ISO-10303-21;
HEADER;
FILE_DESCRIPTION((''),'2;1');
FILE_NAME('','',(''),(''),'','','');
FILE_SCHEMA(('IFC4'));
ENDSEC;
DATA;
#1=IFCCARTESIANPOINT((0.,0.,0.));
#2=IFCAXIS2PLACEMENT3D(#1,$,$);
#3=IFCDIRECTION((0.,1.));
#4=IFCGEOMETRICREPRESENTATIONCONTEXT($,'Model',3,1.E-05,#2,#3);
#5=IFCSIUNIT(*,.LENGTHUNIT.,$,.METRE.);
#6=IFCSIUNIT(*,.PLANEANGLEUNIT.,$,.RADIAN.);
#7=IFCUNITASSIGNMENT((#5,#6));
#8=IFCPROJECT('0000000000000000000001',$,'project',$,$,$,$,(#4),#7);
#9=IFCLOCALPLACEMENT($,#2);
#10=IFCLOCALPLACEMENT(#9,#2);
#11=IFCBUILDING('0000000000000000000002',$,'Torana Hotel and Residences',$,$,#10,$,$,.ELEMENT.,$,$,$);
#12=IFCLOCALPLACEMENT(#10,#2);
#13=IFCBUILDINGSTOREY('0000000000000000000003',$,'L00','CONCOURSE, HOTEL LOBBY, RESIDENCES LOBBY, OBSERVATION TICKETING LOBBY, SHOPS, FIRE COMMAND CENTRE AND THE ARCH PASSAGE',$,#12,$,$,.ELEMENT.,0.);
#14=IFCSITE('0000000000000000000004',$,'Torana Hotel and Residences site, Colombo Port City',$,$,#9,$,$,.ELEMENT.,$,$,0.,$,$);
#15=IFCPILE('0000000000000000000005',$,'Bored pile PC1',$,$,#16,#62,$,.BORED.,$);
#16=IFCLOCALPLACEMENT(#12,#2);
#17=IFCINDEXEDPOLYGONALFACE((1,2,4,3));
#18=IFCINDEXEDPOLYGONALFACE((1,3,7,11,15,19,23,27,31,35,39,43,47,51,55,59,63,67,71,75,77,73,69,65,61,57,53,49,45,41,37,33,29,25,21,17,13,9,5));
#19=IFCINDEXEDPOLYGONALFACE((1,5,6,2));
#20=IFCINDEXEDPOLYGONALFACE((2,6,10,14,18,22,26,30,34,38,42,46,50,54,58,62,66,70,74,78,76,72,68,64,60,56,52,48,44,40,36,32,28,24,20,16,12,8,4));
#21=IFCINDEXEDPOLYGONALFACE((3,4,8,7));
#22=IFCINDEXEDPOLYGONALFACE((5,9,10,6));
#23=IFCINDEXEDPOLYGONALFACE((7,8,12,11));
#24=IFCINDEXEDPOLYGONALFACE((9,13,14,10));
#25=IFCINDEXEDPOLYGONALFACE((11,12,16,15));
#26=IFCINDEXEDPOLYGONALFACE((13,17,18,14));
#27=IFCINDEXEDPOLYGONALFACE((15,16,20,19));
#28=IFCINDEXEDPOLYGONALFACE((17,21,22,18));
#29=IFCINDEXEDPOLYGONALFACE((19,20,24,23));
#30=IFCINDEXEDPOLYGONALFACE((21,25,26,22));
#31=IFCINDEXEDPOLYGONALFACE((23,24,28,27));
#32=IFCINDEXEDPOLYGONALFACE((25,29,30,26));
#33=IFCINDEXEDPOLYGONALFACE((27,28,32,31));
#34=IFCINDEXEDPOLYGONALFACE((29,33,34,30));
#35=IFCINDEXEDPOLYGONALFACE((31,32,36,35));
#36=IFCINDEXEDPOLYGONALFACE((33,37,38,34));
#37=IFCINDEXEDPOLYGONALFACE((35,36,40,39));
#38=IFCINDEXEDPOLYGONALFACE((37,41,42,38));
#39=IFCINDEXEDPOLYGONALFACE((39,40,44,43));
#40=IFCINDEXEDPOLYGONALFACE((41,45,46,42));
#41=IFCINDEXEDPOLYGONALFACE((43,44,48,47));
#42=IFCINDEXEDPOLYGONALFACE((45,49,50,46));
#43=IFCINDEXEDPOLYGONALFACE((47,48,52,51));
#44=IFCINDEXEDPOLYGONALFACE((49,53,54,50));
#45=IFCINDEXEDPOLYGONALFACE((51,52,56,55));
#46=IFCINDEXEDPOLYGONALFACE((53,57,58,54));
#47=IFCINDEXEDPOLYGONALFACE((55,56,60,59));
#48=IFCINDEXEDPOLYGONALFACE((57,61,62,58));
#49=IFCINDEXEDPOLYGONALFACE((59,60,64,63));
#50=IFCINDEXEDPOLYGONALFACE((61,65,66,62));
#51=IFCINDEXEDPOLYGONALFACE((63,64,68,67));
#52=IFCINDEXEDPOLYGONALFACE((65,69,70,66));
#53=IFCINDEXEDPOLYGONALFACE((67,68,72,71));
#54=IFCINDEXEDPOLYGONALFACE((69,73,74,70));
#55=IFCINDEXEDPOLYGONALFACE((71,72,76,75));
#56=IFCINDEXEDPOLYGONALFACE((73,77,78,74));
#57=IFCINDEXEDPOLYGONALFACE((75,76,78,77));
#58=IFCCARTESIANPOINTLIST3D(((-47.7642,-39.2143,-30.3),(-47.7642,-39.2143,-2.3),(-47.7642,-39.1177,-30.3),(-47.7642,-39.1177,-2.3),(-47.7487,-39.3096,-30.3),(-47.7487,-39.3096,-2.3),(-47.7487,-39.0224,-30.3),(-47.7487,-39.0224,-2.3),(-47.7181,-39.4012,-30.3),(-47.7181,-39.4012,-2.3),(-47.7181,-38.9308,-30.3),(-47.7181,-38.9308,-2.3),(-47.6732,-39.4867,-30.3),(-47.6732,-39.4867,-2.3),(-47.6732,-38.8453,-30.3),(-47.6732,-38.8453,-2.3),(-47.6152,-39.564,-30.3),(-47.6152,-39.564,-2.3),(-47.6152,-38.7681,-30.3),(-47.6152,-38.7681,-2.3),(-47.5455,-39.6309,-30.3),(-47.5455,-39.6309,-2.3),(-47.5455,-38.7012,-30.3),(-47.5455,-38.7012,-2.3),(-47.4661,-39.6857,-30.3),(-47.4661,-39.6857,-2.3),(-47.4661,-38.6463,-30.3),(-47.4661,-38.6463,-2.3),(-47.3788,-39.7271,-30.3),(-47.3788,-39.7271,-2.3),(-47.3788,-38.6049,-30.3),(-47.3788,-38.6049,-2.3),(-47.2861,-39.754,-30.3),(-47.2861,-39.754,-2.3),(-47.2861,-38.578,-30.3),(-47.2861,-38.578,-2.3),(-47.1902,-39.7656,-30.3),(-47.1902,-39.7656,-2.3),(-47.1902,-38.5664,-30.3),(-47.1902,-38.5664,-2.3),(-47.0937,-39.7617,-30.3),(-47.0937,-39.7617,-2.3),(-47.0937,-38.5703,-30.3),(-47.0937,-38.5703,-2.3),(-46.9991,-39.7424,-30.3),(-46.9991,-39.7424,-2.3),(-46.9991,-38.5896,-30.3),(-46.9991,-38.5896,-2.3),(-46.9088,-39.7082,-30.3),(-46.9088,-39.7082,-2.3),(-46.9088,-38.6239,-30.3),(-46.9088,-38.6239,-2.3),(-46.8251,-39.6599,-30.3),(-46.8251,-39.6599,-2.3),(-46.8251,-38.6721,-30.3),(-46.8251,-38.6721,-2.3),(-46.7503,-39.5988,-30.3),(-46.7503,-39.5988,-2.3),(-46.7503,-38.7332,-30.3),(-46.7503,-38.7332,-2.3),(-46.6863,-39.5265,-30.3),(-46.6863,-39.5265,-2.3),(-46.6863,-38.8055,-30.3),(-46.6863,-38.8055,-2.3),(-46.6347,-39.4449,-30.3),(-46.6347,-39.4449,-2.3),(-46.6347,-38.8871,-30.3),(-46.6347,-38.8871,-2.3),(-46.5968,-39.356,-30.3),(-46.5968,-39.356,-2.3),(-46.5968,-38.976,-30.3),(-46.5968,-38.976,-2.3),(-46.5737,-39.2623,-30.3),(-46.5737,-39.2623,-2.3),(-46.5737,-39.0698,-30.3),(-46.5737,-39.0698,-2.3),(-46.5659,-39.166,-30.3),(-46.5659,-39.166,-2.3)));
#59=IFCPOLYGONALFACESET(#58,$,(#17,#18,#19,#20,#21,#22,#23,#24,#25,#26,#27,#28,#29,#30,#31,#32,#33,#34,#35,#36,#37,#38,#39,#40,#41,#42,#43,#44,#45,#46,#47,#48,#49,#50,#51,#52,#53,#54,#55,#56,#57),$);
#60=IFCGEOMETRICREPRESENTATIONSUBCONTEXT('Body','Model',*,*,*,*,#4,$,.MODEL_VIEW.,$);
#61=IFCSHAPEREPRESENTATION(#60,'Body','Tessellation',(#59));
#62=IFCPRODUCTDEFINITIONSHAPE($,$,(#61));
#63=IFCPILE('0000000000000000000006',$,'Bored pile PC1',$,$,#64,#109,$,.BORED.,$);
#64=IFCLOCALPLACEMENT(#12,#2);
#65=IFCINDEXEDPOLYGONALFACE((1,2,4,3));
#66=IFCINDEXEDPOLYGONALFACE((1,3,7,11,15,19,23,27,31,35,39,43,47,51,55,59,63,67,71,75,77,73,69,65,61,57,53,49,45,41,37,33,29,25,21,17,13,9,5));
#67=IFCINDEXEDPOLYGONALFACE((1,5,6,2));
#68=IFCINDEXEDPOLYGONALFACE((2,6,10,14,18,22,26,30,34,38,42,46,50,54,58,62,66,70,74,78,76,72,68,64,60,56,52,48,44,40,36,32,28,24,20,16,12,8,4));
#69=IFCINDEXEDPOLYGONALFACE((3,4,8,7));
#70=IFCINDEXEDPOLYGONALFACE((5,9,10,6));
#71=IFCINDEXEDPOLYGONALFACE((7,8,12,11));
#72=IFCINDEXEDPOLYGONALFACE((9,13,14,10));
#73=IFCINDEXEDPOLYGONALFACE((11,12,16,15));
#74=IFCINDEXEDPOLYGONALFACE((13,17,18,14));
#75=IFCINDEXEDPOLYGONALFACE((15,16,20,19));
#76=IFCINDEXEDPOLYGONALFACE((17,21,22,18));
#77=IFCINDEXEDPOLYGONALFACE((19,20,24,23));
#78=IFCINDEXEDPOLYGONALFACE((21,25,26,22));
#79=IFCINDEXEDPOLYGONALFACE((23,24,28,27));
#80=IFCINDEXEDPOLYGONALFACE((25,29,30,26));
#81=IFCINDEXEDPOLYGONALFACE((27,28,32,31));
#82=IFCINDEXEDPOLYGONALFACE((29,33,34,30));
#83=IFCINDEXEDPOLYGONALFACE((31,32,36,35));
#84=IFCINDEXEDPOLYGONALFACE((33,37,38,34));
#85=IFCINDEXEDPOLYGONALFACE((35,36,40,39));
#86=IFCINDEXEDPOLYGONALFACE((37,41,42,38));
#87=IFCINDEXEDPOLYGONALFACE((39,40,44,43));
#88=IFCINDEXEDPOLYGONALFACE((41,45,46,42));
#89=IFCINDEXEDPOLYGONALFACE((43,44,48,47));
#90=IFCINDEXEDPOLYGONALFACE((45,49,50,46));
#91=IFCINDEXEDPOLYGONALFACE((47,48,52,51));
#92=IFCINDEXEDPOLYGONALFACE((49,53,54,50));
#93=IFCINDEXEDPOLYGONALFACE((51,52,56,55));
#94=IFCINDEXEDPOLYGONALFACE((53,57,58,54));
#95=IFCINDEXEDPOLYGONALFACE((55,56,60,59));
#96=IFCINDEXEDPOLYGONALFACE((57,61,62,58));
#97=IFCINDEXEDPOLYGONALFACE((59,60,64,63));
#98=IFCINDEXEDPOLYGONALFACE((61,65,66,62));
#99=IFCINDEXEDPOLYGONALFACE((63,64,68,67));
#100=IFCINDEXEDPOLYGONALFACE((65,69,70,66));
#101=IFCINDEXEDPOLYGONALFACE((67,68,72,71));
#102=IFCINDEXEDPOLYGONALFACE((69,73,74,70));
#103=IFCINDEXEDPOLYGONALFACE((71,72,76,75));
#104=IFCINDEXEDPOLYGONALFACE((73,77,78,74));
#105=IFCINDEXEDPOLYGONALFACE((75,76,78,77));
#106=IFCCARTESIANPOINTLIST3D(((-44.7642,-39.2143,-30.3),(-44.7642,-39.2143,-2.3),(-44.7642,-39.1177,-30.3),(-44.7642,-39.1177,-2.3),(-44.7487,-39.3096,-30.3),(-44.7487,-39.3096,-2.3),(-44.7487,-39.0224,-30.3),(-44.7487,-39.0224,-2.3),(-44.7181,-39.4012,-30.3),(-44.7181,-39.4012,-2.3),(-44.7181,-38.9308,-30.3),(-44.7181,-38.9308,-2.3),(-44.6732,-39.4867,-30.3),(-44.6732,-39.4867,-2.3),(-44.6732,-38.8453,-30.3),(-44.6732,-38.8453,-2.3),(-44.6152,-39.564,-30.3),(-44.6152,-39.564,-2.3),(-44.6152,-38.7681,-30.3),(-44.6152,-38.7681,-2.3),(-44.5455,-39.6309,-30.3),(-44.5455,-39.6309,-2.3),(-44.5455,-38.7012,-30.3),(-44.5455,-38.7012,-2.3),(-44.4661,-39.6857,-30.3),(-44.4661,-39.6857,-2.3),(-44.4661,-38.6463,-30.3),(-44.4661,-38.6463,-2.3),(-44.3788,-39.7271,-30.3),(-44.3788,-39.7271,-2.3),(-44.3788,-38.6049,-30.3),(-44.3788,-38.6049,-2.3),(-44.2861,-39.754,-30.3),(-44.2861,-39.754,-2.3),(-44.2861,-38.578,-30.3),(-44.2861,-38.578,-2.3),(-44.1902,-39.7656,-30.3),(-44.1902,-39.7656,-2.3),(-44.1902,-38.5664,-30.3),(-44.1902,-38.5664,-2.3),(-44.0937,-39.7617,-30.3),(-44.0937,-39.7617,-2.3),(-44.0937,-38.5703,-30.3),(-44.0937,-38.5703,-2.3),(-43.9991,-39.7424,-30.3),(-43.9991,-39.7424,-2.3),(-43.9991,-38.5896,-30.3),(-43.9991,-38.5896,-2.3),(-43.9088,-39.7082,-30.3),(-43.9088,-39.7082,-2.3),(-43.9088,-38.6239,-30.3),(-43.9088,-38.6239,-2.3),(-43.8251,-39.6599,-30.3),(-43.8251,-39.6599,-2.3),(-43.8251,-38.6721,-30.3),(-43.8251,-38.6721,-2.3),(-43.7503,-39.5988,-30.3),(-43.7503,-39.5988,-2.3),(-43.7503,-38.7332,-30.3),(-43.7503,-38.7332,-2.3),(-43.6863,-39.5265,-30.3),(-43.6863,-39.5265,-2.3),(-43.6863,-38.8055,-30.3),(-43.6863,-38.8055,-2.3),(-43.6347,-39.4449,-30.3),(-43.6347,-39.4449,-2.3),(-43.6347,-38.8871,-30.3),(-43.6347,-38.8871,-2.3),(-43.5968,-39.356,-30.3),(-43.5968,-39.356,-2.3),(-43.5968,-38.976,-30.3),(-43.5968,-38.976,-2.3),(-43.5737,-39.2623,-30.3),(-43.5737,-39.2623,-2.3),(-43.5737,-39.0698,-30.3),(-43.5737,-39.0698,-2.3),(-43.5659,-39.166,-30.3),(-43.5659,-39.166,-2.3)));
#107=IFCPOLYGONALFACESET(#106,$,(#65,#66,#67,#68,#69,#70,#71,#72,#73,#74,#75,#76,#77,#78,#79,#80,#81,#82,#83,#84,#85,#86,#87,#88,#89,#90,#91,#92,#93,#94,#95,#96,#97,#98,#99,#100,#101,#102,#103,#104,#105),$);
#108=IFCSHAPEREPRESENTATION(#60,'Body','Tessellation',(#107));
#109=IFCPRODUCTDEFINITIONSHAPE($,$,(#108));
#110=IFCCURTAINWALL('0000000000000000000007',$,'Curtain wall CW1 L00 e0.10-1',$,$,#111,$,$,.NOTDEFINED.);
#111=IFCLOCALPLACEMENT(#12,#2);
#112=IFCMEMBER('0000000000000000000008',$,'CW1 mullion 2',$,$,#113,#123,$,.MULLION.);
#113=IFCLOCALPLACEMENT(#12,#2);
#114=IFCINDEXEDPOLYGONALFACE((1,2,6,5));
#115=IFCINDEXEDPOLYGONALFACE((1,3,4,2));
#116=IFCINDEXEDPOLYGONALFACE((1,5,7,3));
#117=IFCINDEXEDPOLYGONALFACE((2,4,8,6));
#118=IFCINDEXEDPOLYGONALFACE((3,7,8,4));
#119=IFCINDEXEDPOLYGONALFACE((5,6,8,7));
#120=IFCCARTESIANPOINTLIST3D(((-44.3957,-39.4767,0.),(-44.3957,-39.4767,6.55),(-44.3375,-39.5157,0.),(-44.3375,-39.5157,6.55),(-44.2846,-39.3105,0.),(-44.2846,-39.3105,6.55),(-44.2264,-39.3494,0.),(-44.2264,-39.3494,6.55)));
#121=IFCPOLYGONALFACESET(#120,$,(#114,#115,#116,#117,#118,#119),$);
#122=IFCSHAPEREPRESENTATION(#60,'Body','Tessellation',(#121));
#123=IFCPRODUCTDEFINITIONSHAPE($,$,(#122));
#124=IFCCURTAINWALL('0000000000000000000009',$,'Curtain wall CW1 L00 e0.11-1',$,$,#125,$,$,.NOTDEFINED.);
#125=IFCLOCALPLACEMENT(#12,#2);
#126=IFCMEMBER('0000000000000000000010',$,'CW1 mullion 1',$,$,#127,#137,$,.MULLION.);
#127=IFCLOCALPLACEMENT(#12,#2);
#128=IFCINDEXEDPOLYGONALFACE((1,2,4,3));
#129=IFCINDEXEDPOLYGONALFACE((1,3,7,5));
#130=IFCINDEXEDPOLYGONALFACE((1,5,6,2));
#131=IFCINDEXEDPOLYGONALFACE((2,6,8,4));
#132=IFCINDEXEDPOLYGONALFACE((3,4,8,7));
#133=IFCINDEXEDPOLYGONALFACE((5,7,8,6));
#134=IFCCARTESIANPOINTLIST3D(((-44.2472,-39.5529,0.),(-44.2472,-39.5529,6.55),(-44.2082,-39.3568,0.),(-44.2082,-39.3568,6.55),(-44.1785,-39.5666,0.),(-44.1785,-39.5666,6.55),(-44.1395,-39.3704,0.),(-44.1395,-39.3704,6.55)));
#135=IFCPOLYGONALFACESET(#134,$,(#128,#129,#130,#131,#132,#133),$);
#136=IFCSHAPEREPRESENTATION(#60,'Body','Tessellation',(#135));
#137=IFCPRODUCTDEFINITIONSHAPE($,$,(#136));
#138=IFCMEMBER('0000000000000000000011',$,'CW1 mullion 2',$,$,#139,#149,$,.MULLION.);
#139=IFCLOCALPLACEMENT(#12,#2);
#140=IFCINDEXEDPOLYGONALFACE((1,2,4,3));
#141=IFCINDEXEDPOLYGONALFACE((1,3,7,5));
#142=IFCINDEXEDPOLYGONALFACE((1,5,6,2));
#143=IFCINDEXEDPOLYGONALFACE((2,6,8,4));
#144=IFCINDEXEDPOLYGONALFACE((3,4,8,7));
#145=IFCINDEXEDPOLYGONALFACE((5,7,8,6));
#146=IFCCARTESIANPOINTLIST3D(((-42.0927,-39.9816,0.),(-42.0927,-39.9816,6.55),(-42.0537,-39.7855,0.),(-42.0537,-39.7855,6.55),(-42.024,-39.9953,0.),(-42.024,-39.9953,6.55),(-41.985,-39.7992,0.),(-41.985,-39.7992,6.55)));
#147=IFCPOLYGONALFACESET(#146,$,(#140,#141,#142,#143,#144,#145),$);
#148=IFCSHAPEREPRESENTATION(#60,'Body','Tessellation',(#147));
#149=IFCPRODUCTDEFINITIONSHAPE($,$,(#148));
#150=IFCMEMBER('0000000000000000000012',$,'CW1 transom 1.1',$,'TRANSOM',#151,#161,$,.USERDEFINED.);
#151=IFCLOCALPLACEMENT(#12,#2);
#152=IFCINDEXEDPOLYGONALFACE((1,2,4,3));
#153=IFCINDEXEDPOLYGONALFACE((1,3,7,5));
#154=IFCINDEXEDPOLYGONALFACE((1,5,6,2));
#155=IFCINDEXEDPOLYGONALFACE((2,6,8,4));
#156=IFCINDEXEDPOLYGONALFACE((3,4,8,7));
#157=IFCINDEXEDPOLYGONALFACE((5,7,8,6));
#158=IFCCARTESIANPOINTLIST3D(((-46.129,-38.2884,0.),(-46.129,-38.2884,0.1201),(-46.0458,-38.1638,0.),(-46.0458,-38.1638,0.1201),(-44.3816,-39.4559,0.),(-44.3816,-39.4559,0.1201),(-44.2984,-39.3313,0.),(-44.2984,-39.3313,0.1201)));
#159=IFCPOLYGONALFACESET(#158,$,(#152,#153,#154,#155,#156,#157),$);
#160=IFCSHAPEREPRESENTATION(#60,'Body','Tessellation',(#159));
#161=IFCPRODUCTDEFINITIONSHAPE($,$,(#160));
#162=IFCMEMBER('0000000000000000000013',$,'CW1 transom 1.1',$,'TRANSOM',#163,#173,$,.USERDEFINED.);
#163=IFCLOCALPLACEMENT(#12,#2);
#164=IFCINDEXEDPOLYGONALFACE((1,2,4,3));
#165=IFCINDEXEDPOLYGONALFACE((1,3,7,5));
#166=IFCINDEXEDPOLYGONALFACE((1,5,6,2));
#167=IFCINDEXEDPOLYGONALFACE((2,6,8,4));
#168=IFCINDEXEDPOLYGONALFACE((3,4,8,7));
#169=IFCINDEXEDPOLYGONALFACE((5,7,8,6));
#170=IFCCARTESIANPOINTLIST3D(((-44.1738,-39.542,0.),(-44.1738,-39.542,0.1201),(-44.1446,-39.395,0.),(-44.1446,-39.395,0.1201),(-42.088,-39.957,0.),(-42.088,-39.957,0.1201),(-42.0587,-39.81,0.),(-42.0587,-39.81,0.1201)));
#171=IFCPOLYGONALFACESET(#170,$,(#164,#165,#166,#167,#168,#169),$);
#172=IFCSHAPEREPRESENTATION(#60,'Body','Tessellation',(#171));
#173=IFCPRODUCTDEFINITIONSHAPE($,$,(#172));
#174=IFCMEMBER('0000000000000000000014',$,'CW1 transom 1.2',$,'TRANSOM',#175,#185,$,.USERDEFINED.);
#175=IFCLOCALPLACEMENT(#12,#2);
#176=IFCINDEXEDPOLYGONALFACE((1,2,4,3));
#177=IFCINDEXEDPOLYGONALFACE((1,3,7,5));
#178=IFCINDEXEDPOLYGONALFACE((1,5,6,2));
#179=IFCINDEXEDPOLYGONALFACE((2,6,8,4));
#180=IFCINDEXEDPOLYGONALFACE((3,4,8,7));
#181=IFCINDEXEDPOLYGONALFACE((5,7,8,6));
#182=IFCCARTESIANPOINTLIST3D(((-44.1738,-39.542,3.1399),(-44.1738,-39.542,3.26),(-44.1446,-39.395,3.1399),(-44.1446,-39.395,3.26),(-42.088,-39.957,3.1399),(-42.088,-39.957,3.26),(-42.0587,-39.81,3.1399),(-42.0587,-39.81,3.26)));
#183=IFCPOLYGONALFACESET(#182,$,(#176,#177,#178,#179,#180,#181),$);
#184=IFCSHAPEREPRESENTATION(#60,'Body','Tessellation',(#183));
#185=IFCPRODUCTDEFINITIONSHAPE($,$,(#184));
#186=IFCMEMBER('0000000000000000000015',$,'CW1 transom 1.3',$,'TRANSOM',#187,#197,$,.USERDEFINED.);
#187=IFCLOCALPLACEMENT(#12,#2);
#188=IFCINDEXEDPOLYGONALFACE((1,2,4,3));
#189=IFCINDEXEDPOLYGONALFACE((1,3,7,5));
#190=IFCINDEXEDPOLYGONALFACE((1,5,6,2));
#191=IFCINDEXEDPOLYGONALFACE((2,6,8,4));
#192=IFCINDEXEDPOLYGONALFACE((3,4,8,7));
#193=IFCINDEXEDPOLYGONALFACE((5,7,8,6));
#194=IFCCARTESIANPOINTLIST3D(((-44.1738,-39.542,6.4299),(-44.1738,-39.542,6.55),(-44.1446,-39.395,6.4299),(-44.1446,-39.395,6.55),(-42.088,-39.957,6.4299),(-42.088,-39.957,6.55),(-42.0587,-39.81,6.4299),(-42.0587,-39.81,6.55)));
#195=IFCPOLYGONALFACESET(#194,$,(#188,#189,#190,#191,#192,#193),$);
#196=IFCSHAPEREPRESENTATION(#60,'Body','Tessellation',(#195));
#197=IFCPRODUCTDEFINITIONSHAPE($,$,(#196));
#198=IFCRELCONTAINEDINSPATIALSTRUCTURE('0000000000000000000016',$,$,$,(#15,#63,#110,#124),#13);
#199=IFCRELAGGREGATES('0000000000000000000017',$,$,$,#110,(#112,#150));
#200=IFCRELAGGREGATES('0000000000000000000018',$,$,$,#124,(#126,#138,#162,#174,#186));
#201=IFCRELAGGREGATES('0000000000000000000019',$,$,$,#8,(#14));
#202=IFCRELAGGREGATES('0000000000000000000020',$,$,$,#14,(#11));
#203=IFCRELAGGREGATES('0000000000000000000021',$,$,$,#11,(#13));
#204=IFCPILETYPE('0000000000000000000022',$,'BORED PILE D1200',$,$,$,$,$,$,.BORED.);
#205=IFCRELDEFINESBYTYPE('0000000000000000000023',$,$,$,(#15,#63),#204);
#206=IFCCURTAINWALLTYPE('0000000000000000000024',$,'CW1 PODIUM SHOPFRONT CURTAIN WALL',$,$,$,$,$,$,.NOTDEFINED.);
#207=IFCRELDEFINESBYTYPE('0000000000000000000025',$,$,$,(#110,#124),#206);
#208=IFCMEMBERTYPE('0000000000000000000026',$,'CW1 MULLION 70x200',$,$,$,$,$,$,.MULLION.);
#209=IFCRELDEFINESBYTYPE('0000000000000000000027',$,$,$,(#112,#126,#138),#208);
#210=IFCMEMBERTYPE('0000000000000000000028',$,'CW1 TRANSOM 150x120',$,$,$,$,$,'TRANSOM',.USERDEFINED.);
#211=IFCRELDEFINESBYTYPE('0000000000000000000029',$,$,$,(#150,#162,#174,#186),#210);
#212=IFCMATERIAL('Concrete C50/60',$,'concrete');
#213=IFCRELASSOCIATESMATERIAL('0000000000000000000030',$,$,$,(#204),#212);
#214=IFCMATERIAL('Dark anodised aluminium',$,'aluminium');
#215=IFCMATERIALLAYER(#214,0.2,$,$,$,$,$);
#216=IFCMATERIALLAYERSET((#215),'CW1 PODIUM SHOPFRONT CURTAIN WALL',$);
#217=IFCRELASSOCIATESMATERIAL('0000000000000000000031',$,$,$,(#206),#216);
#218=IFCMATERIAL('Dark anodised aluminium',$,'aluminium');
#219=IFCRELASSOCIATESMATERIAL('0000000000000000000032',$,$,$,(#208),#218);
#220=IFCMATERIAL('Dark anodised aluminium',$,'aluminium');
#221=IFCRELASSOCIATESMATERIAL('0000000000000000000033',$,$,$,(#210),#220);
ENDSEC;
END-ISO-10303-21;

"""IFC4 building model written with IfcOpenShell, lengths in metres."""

from ifc_helpers import new_model, si_unit, direction, frame, origin, origin_2d, place, context, subcontext, project, spatial, rectangle, circle, extrude, material, layer, layer_set, material_profile, profile_set, type_object, element, aggregate, save


model = new_model("IFC4")

# Units and contexts
model_context = context("Model", 3, precision=1e-05, world=origin(), true_north=direction((0.0, 1.0)))
body_context = subcontext(model_context, "Body", "Model", "MODEL_VIEW")
ifc_project = project(units=[si_unit("LENGTHUNIT", "METRE"), si_unit("PLANEANGLEUNIT", "RADIAN")], contexts=[model_context])

# Site, building, storey
site_placement = place(None, origin())
site = spatial("IfcSite", under=ifc_project, at=site_placement, Name="Torana Hotel and Residences site, Colombo Port City", CompositionType="ELEMENT", RefElevation=0.0)
building_placement = place(site_placement, origin())
building = spatial("IfcBuilding", under=site, at=building_placement, Name="Torana Hotel and Residences", CompositionType="ELEMENT")
storey_placement = place(building_placement, origin())
storey = spatial("IfcBuildingStorey", under=building, at=storey_placement, Name="L00", Description="CONCOURSE, HOTEL LOBBY, RESIDENCES LOBBY, OBSERVATION TICKETING LOBBY, SHOPS, FIRE COMMAND CENTRE AND THE ARCH PASSAGE", CompositionType="ELEMENT", Elevation=0.0)

# Piles
ifc_material_1 = material(Name="Concrete C50/60", Category="concrete")
pile_type = type_object("IfcPileType", Name="BORED PILE D1200", PredefinedType="BORED", material=ifc_material_1)
for number, where, z_axis, x_axis, name in (
    (1, (-47.166, -39.166, -2.3), (0.0, 0.0, -1.0), (1.0, 0.0, 0.0), "Bored pile PC1"),
    (2, (-44.166, -39.166, -2.3), (0.0, 0.0, -1.0), (1.0, 0.0, 0.0), "Bored pile PC1"),
):
    element("IfcPile", number, at=place(storey_placement, frame(where, z_axis=z_axis, x_axis=x_axis)), inside=storey, type_object=pile_type, Name=name, PredefinedType="BORED", context=body_context, shape_type="SweptSolid", body=[
        extrude(circle(Radius=0.6001, at=origin_2d()), origin(), (0.0, 0.0, 1.0), 28.0),
    ])

# Curtain wall, member
ifc_material_2 = material(Name="Dark anodised aluminium", Category="aluminium")
ifc_layer_1 = layer(ifc_material_2, 0.2)
ifc_layer_set_1 = layer_set([ifc_layer_1], Name="CW1 PODIUM SHOPFRONT CURTAIN WALL")
curtain_wall_type_1 = type_object("IfcCurtainWallType", Name="CW1 PODIUM SHOPFRONT CURTAIN WALL", PredefinedType="NOTDEFINED", material=ifc_layer_set_1)
curtain_wall_1_placement = place(storey_placement, origin())
curtain_wall_1 = element("IfcCurtainWall", 3, at=curtain_wall_1_placement, inside=storey, type_object=curtain_wall_type_1, Name="Curtain wall CW1 L00 e0.10-1", PredefinedType="NOTDEFINED")
ifc_material_3 = material(Name="Dark anodised aluminium", Category="aluminium")
ifc_material_profile_1 = material_profile(ifc_material_3, rectangle(XDim=0.2, YDim=0.0701, at=origin_2d()), Name="CW1 MULLION 70x200")
ifc_profile_set_1 = profile_set([ifc_material_profile_1], Name="Dark anodised aluminium")
member_type_1 = type_object("IfcMemberType", Name="CW1 MULLION 70x200", PredefinedType="MULLION", material=ifc_profile_set_1)
member_1_placement = place(storey_placement, frame((-44.311, -39.4131, 0.0), z_axis=(0.0, 0.0, 1.0), x_axis=(0.555585, 0.83146, 0.0)))
member_1 = element("IfcMember", 4, at=member_1_placement, type_object=member_type_1, Name="CW1 mullion 2", PredefinedType="MULLION", context=body_context, shape_type="SweptSolid", body=[
    extrude(rectangle(XDim=0.2, YDim=0.0701, at=origin_2d()), origin(), (0.0, 0.0, 1.0), 6.55),
])

# Curtain wall, members
curtain_wall_2_placement = place(storey_placement, origin())
curtain_wall_2 = element("IfcCurtainWall", 5, at=curtain_wall_2_placement, inside=storey, type_object=curtain_wall_type_1, Name="Curtain wall CW1 L00 e0.11-1", PredefinedType="NOTDEFINED")
member_2_placement = place(storey_placement, frame((-44.1934, -39.4617, 0.0), z_axis=(0.0, 0.0, 1.0), x_axis=(0.195081, 0.980787, 0.0)))
member_2 = element("IfcMember", 6, at=member_2_placement, type_object=member_type_1, Name="CW1 mullion 1", PredefinedType="MULLION", context=body_context, shape_type="SweptSolid", body=[
    extrude(rectangle(XDim=0.2, YDim=0.0701, at=origin_2d()), origin(), (0.0, 0.0, 1.0), 6.55),
])
member_3_placement = place(storey_placement, frame((-42.0388, -39.8904, 0.0), z_axis=(0.0, 0.0, 1.0), x_axis=(0.195081, 0.980787, 0.0)))
member_3 = element("IfcMember", 7, at=member_3_placement, type_object=member_type_1, Name="CW1 mullion 2", PredefinedType="MULLION", context=body_context, shape_type="SweptSolid", body=[
    extrude(rectangle(XDim=0.2, YDim=0.0701, at=origin_2d()), origin(), (0.0, 0.0, 1.0), 6.55),
])

# Members
ifc_material_4 = material(Name="Dark anodised aluminium", Category="aluminium")
ifc_material_profile_2 = material_profile(ifc_material_4, rectangle(XDim=0.1499, YDim=0.1201, at=origin_2d()), Name="CW1 TRANSOM 150x120")
ifc_profile_set_2 = profile_set([ifc_material_profile_2], Name="Dark anodised aluminium")
member_type_2 = type_object("IfcMemberType", Name="CW1 TRANSOM 150x120", ElementType="TRANSOM", PredefinedType="USERDEFINED", material=ifc_profile_set_2)
member_4_placement = place(storey_placement, frame((-46.0874, -38.2261, 0.0601), z_axis=(0.831478, -0.555558, 0.0), x_axis=(0.555558, 0.831478, 0.0)))
member_4 = element("IfcMember", 8, at=member_4_placement, type_object=member_type_2, Name="CW1 transom 1.1", ObjectType="TRANSOM", PredefinedType="USERDEFINED", context=body_context, shape_type="SweptSolid", body=[
    extrude(rectangle(XDim=0.1499, YDim=0.1201, at=origin_2d()), origin(), (0.0, 0.0, 1.0), 2.1016),
])
member_5_placement = place(storey_placement, frame((-44.1592, -39.4685, 0.0601), z_axis=(0.980774, -0.195145, 0.0), x_axis=(0.195145, 0.980774, 0.0)))
member_5 = element("IfcMember", 9, at=member_5_placement, type_object=member_type_2, Name="CW1 transom 1.1", ObjectType="TRANSOM", PredefinedType="USERDEFINED", context=body_context, shape_type="SweptSolid", body=[
    extrude(rectangle(XDim=0.1499, YDim=0.1201, at=origin_2d()), origin(), (0.0, 0.0, 1.0), 2.1267),
])
member_6_placement = place(storey_placement, frame((-44.1592, -39.4685, 3.2), z_axis=(0.980774, -0.195145, 0.0), x_axis=(0.195145, 0.980774, 0.0)))
member_6 = element("IfcMember", 10, at=member_6_placement, type_object=member_type_2, Name="CW1 transom 1.2", ObjectType="TRANSOM", PredefinedType="USERDEFINED", context=body_context, shape_type="SweptSolid", body=[
    extrude(rectangle(XDim=0.1499, YDim=0.1201, at=origin_2d()), origin(), (0.0, 0.0, 1.0), 2.1267),
])
member_7_placement = place(storey_placement, frame((-44.1592, -39.4685, 6.49), z_axis=(0.980774, -0.195145, 0.0), x_axis=(0.195145, 0.980774, 0.0)))
member_7 = element("IfcMember", 11, at=member_7_placement, type_object=member_type_2, Name="CW1 transom 1.3", ObjectType="TRANSOM", PredefinedType="USERDEFINED", context=body_context, shape_type="SweptSolid", body=[
    extrude(rectangle(XDim=0.1499, YDim=0.1201, at=origin_2d()), origin(), (0.0, 0.0, 1.0), 2.1267),
])

aggregate(curtain_wall_1, [member_1, member_4])
aggregate(curtain_wall_2, [member_2, member_3, member_5, member_6, member_7])

save(model, "model.ifc")
